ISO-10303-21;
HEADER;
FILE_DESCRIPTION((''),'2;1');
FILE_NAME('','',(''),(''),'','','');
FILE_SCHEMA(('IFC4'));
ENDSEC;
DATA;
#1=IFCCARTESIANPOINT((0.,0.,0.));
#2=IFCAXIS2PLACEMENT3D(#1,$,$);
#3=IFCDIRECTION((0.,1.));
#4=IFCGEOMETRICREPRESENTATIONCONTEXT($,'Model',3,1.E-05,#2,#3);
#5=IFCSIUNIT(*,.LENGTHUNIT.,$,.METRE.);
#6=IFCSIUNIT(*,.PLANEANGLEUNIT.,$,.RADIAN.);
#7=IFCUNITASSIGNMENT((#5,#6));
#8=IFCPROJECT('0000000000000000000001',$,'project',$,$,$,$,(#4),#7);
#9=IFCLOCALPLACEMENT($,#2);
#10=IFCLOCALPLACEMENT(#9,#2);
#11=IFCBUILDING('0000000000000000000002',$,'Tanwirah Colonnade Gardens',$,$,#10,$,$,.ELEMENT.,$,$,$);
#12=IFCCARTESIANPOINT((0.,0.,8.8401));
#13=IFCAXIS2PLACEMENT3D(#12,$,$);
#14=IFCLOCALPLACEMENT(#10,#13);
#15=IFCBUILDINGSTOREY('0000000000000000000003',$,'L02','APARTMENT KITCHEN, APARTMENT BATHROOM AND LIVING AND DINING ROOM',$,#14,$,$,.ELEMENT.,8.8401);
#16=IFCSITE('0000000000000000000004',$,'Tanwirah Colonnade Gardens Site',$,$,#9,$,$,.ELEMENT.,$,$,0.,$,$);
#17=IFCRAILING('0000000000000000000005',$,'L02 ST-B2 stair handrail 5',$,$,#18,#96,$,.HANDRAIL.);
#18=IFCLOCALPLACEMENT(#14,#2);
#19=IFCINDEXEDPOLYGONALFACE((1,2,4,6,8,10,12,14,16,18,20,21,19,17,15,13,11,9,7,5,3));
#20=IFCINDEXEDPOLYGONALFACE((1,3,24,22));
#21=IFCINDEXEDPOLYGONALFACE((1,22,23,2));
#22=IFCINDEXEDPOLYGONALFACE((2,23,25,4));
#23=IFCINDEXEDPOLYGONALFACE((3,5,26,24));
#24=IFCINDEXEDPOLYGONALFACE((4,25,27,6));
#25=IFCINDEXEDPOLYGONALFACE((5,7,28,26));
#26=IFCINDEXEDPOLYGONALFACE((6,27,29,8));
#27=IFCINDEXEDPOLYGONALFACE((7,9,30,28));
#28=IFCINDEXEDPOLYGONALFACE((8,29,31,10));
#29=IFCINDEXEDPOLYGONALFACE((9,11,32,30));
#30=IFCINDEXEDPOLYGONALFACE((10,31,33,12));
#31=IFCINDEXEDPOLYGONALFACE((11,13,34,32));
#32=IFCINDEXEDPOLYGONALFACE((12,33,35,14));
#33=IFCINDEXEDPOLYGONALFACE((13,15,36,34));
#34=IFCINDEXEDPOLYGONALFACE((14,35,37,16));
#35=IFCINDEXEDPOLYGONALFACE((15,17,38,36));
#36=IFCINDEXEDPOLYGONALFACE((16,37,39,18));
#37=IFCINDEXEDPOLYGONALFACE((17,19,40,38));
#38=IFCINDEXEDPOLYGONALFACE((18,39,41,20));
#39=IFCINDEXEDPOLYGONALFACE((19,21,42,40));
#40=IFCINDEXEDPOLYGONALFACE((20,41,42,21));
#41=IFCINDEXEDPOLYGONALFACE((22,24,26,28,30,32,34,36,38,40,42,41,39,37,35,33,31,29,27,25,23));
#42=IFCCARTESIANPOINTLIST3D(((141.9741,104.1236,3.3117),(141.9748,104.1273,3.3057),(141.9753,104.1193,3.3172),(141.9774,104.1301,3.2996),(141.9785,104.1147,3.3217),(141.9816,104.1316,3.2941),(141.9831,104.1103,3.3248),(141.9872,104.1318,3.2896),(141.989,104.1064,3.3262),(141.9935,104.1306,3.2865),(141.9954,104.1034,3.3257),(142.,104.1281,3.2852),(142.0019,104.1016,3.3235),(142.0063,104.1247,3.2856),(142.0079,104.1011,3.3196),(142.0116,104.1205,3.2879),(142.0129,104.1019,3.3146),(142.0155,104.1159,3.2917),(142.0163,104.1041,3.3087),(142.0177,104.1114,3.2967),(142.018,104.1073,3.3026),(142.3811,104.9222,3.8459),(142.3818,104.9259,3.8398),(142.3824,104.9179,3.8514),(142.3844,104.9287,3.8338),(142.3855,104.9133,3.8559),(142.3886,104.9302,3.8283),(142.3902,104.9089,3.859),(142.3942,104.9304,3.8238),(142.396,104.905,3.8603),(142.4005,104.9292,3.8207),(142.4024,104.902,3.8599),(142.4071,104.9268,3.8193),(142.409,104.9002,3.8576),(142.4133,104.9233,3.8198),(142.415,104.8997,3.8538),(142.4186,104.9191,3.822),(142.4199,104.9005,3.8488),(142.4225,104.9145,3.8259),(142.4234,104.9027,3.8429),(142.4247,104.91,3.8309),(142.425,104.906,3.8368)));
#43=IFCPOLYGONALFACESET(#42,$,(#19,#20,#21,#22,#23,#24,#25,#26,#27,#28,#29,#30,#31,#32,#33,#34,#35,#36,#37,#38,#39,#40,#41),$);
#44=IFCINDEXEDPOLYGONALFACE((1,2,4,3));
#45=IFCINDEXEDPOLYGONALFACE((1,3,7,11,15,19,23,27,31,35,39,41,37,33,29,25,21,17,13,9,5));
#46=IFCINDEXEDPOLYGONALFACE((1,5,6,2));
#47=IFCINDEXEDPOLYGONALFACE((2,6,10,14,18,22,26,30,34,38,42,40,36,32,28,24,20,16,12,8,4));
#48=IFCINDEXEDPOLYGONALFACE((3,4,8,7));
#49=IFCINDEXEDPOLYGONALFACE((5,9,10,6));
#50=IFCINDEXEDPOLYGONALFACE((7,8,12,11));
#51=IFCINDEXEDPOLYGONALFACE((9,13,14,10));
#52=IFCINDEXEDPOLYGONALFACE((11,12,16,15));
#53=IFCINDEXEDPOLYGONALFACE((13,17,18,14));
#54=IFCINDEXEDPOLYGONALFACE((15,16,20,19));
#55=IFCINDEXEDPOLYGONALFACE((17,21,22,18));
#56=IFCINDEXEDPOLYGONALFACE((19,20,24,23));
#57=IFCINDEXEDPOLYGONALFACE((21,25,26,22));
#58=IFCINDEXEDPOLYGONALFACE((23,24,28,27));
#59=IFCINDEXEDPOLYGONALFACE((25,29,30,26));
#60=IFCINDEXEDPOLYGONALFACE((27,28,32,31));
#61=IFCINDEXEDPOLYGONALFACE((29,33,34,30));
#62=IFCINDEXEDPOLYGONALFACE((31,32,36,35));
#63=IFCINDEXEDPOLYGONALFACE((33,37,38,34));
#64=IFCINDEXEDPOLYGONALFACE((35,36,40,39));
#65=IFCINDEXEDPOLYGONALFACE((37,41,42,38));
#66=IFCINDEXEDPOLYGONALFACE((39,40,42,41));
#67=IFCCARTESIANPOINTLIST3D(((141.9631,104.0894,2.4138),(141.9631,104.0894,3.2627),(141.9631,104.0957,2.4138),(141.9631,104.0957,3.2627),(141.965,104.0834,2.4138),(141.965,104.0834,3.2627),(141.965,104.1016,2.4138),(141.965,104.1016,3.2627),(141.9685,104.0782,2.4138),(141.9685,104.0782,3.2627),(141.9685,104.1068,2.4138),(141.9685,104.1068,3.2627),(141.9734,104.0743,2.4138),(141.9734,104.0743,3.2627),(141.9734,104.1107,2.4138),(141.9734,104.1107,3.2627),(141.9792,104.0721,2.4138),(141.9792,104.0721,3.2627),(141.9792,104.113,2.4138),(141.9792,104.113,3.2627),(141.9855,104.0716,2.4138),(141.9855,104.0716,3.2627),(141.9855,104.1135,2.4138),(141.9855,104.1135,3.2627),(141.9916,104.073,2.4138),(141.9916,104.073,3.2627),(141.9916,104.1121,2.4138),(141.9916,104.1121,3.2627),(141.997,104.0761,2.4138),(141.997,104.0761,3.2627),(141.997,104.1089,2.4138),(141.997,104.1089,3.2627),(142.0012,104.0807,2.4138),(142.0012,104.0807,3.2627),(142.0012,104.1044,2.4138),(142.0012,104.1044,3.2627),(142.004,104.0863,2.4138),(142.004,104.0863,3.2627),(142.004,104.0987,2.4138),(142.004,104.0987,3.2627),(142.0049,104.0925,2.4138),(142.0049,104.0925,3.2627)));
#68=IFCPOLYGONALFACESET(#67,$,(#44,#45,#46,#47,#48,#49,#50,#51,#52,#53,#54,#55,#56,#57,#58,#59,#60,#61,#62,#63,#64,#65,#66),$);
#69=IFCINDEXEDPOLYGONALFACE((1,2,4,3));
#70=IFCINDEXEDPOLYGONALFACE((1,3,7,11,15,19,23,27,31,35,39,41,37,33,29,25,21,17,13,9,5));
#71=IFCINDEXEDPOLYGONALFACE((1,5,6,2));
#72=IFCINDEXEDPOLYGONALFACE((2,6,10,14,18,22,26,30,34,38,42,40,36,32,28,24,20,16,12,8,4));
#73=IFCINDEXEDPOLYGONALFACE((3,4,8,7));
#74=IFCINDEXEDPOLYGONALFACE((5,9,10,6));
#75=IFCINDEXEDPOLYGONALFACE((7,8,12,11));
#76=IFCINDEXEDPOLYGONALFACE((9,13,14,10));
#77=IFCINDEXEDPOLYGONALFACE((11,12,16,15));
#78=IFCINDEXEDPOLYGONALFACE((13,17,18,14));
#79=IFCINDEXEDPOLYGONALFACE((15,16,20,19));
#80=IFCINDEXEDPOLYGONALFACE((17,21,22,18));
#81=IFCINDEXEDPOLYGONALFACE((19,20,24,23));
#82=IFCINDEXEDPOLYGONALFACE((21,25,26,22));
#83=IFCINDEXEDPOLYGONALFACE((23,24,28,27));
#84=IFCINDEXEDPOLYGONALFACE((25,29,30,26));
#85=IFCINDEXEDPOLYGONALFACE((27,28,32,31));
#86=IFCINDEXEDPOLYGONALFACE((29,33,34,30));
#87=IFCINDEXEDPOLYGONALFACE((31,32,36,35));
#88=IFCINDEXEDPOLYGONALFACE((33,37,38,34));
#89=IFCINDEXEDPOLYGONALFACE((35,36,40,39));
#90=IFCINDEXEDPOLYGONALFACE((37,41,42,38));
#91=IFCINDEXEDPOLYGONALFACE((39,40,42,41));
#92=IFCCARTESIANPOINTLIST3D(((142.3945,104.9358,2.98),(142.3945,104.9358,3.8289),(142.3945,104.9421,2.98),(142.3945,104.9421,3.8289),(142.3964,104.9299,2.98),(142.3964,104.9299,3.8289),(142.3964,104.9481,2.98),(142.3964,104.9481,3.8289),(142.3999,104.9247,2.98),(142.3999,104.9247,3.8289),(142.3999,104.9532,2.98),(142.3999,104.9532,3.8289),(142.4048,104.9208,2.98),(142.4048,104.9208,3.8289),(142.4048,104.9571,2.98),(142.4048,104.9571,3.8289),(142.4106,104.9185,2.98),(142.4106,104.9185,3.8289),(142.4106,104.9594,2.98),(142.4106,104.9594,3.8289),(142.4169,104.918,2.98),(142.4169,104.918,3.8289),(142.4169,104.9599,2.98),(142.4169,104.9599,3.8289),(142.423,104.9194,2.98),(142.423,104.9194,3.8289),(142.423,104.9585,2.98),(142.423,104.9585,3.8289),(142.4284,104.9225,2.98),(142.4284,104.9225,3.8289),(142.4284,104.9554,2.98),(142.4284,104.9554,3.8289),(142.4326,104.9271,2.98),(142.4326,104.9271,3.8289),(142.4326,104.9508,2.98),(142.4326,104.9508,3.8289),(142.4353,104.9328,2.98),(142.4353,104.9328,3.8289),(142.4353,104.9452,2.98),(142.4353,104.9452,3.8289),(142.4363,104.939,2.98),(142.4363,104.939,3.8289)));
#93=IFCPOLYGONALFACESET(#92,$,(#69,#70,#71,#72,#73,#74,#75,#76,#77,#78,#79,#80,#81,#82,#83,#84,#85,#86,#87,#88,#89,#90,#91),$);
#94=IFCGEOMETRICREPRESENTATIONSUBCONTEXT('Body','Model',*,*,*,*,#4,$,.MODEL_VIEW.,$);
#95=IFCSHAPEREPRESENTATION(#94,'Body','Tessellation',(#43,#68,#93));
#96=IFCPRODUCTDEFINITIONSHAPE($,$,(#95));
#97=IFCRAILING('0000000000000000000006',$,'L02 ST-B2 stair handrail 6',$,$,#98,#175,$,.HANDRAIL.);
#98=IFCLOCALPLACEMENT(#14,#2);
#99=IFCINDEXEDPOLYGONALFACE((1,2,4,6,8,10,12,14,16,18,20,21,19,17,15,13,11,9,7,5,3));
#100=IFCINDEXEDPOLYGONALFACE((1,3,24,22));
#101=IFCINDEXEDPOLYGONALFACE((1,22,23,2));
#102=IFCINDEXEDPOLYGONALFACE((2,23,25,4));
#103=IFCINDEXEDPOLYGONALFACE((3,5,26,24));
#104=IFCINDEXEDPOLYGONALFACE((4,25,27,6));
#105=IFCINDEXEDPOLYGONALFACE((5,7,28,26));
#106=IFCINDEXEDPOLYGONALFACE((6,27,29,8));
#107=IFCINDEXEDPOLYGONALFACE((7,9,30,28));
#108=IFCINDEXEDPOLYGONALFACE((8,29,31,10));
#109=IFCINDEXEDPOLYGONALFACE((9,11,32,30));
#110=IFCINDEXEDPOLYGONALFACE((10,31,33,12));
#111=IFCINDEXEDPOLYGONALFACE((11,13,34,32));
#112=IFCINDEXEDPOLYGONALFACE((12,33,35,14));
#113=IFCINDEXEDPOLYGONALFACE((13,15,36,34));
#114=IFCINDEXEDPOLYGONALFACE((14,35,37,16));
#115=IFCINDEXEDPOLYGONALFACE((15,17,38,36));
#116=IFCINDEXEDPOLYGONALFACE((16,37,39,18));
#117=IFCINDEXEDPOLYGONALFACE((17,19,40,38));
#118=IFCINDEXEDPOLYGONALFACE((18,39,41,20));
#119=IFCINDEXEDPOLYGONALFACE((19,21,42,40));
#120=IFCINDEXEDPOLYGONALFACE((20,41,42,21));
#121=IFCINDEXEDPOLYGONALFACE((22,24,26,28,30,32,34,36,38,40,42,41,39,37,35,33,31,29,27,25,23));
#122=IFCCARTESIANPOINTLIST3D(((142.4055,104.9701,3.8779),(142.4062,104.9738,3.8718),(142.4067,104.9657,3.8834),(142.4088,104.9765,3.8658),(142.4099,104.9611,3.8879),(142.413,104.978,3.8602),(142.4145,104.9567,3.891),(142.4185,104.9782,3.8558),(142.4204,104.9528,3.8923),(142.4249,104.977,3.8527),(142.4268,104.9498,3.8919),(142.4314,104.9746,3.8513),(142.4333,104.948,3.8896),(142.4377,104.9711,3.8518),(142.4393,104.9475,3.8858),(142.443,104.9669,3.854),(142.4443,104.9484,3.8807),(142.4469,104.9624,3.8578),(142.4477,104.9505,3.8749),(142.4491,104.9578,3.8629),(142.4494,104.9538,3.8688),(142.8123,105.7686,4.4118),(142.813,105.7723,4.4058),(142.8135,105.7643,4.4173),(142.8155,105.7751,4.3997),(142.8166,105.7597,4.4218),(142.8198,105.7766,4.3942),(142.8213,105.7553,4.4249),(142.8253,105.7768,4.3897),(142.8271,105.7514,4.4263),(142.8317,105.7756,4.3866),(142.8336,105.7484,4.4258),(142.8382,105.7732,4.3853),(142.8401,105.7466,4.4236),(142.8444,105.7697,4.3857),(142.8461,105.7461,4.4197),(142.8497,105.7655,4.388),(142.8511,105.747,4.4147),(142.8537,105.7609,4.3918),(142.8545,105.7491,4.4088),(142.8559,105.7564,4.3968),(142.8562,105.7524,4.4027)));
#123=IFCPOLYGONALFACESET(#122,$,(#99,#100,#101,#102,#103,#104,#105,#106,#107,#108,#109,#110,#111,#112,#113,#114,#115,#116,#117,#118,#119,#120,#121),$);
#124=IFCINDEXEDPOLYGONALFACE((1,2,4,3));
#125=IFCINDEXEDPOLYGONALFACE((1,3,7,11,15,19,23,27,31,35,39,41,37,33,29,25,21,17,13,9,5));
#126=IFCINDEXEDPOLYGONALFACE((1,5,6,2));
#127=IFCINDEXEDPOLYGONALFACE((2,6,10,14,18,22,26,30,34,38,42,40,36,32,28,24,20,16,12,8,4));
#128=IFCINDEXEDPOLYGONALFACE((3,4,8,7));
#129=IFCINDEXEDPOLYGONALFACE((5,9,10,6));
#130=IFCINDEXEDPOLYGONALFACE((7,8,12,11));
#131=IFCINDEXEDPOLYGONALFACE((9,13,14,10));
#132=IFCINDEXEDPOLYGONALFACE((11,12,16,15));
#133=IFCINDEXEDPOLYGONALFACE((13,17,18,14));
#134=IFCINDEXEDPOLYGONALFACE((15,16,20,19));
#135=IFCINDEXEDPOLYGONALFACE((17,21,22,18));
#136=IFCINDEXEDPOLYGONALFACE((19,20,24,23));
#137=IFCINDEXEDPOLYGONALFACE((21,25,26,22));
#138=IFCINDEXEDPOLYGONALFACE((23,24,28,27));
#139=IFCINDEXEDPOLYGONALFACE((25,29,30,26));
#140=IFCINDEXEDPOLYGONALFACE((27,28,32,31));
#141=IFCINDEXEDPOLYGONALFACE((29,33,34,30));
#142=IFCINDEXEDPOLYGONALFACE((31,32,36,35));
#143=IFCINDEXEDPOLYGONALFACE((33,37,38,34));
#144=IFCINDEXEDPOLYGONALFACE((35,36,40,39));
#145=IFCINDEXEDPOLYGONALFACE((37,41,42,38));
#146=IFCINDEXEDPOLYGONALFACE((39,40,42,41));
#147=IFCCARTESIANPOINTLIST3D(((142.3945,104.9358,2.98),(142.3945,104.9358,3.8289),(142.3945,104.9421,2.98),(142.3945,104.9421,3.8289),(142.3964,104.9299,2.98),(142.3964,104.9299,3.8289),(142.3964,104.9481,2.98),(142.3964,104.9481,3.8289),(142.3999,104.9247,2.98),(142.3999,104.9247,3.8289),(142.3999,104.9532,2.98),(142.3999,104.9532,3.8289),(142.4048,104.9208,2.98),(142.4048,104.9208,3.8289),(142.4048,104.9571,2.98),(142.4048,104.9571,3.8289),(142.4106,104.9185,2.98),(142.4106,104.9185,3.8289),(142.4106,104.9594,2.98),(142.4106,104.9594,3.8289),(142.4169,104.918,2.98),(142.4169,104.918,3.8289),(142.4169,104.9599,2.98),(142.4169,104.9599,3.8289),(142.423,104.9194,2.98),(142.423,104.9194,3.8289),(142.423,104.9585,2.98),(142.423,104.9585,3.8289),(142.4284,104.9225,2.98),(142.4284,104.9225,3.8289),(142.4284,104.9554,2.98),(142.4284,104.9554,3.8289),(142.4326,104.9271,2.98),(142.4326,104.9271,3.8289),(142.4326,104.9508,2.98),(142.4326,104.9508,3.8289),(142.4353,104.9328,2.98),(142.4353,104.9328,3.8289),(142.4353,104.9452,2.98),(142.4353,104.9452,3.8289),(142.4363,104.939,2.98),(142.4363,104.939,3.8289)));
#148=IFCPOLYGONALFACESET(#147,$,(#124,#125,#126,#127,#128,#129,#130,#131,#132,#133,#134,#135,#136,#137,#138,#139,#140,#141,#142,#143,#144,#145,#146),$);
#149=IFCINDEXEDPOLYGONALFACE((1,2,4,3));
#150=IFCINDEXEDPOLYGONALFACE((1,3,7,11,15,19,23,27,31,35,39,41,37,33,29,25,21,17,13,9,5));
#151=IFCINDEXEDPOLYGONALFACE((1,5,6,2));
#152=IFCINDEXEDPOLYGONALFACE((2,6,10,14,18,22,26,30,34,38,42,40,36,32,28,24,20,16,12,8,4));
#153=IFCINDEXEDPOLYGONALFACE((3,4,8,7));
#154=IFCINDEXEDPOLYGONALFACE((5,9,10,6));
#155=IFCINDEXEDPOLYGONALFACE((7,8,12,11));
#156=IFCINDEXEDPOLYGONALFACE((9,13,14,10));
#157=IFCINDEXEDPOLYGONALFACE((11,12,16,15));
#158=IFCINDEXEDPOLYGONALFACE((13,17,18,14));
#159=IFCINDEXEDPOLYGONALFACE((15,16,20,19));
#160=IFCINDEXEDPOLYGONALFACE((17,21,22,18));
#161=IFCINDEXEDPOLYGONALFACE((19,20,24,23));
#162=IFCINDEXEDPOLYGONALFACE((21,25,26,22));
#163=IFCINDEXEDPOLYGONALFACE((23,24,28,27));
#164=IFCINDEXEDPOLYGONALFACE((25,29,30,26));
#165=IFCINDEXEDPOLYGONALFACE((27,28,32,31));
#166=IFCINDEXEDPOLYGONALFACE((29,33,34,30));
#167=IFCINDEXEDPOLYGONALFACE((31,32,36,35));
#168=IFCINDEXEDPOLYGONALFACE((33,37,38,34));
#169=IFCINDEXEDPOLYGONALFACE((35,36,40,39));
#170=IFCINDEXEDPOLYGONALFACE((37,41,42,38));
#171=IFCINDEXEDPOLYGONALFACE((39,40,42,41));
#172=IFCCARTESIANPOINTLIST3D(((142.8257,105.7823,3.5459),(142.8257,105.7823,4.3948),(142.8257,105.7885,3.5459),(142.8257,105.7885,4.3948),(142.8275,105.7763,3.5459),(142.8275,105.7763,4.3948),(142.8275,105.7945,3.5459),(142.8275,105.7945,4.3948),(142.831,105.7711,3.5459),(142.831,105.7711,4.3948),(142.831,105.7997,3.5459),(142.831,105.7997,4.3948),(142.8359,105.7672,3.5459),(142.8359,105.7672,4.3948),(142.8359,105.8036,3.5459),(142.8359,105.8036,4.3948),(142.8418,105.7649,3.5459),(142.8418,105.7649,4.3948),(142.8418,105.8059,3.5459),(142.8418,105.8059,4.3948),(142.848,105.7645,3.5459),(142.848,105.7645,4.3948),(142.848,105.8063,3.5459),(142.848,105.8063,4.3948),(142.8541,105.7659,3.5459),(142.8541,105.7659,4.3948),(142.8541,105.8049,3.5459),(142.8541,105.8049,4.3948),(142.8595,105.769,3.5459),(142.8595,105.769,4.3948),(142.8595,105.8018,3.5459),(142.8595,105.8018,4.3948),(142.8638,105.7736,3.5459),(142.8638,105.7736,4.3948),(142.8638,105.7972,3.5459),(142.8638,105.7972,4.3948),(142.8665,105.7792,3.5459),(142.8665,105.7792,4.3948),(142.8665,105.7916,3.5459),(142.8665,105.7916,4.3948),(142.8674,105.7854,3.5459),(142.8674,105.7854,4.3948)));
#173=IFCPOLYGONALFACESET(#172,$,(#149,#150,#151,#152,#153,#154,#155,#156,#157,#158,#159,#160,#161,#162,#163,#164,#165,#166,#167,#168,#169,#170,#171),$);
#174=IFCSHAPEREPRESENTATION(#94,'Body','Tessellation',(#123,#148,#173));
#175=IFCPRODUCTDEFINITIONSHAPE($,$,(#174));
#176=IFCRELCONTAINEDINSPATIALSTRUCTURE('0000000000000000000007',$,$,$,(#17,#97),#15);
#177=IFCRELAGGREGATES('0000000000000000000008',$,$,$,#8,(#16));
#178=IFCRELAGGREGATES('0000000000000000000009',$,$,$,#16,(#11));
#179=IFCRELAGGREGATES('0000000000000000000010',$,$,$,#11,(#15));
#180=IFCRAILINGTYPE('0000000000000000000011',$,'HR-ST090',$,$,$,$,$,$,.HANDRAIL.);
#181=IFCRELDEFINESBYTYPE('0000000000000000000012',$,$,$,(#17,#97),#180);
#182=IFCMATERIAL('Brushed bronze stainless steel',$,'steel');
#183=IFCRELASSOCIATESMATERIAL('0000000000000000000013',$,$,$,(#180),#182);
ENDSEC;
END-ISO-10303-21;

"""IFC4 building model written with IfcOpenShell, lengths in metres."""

from ifc_helpers import new_model, si_unit, direction, frame, origin, origin_2d, place, context, subcontext, project, spatial, circle, extrude, material, type_object, element, save


model = new_model("IFC4")

# Units and contexts
model_context = context("Model", 3, precision=1e-05, world=origin(), true_north=direction((0.0, 1.0)))
body_context = subcontext(model_context, "Body", "Model", "MODEL_VIEW")
ifc_project = project(units=[si_unit("LENGTHUNIT", "METRE"), si_unit("PLANEANGLEUNIT", "RADIAN")], contexts=[model_context])

# Site, building, storey
site_placement = place(None, origin())
site = spatial("IfcSite", under=ifc_project, at=site_placement, Name="Tanwirah Colonnade Gardens Site", CompositionType="ELEMENT", RefElevation=0.0)
building_placement = place(site_placement, origin())
building = spatial("IfcBuilding", under=site, at=building_placement, Name="Tanwirah Colonnade Gardens", CompositionType="ELEMENT")
storey_placement = place(building_placement, frame((0.0, 0.0, 8.8401)))
storey = spatial("IfcBuildingStorey", under=building, at=storey_placement, Name="L02", Description="APARTMENT KITCHEN, APARTMENT BATHROOM AND LIVING AND DINING ROOM", CompositionType="ELEMENT", Elevation=8.8401)

# Railings
ifc_material_1 = material(Name="Brushed bronze stainless steel", Category="steel")
railing_type_1 = type_object("IfcRailingType", Name="HR-ST090", PredefinedType="HANDRAIL", material=ifc_material_1)
railing_1_placement = place(storey_placement, frame((141.9839, 104.0925, 2.4138)))
element("IfcRailing", 1, at=railing_1_placement, inside=storey, type_object=railing_type_1, Name="L02 ST-B2 stair handrail 5", PredefinedType="HANDRAIL", context=body_context, shape_type="SweptSolid", body=[
    extrude(circle(Radius=0.0239, at=origin_2d()), frame((0.0122, 0.0239, 0.8918), z_axis=(0.390073, 0.765356, 0.51193), x_axis=(-0.890957, 0.454087, 0.0)), (0.0, 0.0, 1.0), 1.0435),
    extrude(circle(Radius=0.021, at=origin_2d()), origin(), (0.0, 0.0, 1.0), 0.8489),
    extrude(circle(Radius=0.021, at=origin_2d()), frame((0.4314, 0.8464, 0.5662)), (0.0, 0.0, 1.0), 0.8489),
])
railing_2_placement = place(storey_placement, frame((142.4153, 104.939, 2.98)))
element("IfcRailing", 2, at=railing_2_placement, inside=storey, type_object=railing_type_1, Name="L02 ST-B2 stair handrail 6", PredefinedType="HANDRAIL", context=body_context, shape_type="SweptSolid", body=[
    extrude(circle(Radius=0.0239, at=origin_2d()), frame((0.0122, 0.0239, 0.8918), z_axis=(0.38993, 0.765509, 0.511811), x_axis=(-0.891061, 0.453883, 0.0)), (0.0, 0.0, 1.0), 1.0432),
    extrude(circle(Radius=0.021, at=origin_2d()), origin(), (0.0, 0.0, 1.0), 0.8489),
    extrude(circle(Radius=0.021, at=origin_2d()), frame((0.4312, 0.8464, 0.5659)), (0.0, 0.0, 1.0), 0.8489),
])

save(model, "model.ifc")
